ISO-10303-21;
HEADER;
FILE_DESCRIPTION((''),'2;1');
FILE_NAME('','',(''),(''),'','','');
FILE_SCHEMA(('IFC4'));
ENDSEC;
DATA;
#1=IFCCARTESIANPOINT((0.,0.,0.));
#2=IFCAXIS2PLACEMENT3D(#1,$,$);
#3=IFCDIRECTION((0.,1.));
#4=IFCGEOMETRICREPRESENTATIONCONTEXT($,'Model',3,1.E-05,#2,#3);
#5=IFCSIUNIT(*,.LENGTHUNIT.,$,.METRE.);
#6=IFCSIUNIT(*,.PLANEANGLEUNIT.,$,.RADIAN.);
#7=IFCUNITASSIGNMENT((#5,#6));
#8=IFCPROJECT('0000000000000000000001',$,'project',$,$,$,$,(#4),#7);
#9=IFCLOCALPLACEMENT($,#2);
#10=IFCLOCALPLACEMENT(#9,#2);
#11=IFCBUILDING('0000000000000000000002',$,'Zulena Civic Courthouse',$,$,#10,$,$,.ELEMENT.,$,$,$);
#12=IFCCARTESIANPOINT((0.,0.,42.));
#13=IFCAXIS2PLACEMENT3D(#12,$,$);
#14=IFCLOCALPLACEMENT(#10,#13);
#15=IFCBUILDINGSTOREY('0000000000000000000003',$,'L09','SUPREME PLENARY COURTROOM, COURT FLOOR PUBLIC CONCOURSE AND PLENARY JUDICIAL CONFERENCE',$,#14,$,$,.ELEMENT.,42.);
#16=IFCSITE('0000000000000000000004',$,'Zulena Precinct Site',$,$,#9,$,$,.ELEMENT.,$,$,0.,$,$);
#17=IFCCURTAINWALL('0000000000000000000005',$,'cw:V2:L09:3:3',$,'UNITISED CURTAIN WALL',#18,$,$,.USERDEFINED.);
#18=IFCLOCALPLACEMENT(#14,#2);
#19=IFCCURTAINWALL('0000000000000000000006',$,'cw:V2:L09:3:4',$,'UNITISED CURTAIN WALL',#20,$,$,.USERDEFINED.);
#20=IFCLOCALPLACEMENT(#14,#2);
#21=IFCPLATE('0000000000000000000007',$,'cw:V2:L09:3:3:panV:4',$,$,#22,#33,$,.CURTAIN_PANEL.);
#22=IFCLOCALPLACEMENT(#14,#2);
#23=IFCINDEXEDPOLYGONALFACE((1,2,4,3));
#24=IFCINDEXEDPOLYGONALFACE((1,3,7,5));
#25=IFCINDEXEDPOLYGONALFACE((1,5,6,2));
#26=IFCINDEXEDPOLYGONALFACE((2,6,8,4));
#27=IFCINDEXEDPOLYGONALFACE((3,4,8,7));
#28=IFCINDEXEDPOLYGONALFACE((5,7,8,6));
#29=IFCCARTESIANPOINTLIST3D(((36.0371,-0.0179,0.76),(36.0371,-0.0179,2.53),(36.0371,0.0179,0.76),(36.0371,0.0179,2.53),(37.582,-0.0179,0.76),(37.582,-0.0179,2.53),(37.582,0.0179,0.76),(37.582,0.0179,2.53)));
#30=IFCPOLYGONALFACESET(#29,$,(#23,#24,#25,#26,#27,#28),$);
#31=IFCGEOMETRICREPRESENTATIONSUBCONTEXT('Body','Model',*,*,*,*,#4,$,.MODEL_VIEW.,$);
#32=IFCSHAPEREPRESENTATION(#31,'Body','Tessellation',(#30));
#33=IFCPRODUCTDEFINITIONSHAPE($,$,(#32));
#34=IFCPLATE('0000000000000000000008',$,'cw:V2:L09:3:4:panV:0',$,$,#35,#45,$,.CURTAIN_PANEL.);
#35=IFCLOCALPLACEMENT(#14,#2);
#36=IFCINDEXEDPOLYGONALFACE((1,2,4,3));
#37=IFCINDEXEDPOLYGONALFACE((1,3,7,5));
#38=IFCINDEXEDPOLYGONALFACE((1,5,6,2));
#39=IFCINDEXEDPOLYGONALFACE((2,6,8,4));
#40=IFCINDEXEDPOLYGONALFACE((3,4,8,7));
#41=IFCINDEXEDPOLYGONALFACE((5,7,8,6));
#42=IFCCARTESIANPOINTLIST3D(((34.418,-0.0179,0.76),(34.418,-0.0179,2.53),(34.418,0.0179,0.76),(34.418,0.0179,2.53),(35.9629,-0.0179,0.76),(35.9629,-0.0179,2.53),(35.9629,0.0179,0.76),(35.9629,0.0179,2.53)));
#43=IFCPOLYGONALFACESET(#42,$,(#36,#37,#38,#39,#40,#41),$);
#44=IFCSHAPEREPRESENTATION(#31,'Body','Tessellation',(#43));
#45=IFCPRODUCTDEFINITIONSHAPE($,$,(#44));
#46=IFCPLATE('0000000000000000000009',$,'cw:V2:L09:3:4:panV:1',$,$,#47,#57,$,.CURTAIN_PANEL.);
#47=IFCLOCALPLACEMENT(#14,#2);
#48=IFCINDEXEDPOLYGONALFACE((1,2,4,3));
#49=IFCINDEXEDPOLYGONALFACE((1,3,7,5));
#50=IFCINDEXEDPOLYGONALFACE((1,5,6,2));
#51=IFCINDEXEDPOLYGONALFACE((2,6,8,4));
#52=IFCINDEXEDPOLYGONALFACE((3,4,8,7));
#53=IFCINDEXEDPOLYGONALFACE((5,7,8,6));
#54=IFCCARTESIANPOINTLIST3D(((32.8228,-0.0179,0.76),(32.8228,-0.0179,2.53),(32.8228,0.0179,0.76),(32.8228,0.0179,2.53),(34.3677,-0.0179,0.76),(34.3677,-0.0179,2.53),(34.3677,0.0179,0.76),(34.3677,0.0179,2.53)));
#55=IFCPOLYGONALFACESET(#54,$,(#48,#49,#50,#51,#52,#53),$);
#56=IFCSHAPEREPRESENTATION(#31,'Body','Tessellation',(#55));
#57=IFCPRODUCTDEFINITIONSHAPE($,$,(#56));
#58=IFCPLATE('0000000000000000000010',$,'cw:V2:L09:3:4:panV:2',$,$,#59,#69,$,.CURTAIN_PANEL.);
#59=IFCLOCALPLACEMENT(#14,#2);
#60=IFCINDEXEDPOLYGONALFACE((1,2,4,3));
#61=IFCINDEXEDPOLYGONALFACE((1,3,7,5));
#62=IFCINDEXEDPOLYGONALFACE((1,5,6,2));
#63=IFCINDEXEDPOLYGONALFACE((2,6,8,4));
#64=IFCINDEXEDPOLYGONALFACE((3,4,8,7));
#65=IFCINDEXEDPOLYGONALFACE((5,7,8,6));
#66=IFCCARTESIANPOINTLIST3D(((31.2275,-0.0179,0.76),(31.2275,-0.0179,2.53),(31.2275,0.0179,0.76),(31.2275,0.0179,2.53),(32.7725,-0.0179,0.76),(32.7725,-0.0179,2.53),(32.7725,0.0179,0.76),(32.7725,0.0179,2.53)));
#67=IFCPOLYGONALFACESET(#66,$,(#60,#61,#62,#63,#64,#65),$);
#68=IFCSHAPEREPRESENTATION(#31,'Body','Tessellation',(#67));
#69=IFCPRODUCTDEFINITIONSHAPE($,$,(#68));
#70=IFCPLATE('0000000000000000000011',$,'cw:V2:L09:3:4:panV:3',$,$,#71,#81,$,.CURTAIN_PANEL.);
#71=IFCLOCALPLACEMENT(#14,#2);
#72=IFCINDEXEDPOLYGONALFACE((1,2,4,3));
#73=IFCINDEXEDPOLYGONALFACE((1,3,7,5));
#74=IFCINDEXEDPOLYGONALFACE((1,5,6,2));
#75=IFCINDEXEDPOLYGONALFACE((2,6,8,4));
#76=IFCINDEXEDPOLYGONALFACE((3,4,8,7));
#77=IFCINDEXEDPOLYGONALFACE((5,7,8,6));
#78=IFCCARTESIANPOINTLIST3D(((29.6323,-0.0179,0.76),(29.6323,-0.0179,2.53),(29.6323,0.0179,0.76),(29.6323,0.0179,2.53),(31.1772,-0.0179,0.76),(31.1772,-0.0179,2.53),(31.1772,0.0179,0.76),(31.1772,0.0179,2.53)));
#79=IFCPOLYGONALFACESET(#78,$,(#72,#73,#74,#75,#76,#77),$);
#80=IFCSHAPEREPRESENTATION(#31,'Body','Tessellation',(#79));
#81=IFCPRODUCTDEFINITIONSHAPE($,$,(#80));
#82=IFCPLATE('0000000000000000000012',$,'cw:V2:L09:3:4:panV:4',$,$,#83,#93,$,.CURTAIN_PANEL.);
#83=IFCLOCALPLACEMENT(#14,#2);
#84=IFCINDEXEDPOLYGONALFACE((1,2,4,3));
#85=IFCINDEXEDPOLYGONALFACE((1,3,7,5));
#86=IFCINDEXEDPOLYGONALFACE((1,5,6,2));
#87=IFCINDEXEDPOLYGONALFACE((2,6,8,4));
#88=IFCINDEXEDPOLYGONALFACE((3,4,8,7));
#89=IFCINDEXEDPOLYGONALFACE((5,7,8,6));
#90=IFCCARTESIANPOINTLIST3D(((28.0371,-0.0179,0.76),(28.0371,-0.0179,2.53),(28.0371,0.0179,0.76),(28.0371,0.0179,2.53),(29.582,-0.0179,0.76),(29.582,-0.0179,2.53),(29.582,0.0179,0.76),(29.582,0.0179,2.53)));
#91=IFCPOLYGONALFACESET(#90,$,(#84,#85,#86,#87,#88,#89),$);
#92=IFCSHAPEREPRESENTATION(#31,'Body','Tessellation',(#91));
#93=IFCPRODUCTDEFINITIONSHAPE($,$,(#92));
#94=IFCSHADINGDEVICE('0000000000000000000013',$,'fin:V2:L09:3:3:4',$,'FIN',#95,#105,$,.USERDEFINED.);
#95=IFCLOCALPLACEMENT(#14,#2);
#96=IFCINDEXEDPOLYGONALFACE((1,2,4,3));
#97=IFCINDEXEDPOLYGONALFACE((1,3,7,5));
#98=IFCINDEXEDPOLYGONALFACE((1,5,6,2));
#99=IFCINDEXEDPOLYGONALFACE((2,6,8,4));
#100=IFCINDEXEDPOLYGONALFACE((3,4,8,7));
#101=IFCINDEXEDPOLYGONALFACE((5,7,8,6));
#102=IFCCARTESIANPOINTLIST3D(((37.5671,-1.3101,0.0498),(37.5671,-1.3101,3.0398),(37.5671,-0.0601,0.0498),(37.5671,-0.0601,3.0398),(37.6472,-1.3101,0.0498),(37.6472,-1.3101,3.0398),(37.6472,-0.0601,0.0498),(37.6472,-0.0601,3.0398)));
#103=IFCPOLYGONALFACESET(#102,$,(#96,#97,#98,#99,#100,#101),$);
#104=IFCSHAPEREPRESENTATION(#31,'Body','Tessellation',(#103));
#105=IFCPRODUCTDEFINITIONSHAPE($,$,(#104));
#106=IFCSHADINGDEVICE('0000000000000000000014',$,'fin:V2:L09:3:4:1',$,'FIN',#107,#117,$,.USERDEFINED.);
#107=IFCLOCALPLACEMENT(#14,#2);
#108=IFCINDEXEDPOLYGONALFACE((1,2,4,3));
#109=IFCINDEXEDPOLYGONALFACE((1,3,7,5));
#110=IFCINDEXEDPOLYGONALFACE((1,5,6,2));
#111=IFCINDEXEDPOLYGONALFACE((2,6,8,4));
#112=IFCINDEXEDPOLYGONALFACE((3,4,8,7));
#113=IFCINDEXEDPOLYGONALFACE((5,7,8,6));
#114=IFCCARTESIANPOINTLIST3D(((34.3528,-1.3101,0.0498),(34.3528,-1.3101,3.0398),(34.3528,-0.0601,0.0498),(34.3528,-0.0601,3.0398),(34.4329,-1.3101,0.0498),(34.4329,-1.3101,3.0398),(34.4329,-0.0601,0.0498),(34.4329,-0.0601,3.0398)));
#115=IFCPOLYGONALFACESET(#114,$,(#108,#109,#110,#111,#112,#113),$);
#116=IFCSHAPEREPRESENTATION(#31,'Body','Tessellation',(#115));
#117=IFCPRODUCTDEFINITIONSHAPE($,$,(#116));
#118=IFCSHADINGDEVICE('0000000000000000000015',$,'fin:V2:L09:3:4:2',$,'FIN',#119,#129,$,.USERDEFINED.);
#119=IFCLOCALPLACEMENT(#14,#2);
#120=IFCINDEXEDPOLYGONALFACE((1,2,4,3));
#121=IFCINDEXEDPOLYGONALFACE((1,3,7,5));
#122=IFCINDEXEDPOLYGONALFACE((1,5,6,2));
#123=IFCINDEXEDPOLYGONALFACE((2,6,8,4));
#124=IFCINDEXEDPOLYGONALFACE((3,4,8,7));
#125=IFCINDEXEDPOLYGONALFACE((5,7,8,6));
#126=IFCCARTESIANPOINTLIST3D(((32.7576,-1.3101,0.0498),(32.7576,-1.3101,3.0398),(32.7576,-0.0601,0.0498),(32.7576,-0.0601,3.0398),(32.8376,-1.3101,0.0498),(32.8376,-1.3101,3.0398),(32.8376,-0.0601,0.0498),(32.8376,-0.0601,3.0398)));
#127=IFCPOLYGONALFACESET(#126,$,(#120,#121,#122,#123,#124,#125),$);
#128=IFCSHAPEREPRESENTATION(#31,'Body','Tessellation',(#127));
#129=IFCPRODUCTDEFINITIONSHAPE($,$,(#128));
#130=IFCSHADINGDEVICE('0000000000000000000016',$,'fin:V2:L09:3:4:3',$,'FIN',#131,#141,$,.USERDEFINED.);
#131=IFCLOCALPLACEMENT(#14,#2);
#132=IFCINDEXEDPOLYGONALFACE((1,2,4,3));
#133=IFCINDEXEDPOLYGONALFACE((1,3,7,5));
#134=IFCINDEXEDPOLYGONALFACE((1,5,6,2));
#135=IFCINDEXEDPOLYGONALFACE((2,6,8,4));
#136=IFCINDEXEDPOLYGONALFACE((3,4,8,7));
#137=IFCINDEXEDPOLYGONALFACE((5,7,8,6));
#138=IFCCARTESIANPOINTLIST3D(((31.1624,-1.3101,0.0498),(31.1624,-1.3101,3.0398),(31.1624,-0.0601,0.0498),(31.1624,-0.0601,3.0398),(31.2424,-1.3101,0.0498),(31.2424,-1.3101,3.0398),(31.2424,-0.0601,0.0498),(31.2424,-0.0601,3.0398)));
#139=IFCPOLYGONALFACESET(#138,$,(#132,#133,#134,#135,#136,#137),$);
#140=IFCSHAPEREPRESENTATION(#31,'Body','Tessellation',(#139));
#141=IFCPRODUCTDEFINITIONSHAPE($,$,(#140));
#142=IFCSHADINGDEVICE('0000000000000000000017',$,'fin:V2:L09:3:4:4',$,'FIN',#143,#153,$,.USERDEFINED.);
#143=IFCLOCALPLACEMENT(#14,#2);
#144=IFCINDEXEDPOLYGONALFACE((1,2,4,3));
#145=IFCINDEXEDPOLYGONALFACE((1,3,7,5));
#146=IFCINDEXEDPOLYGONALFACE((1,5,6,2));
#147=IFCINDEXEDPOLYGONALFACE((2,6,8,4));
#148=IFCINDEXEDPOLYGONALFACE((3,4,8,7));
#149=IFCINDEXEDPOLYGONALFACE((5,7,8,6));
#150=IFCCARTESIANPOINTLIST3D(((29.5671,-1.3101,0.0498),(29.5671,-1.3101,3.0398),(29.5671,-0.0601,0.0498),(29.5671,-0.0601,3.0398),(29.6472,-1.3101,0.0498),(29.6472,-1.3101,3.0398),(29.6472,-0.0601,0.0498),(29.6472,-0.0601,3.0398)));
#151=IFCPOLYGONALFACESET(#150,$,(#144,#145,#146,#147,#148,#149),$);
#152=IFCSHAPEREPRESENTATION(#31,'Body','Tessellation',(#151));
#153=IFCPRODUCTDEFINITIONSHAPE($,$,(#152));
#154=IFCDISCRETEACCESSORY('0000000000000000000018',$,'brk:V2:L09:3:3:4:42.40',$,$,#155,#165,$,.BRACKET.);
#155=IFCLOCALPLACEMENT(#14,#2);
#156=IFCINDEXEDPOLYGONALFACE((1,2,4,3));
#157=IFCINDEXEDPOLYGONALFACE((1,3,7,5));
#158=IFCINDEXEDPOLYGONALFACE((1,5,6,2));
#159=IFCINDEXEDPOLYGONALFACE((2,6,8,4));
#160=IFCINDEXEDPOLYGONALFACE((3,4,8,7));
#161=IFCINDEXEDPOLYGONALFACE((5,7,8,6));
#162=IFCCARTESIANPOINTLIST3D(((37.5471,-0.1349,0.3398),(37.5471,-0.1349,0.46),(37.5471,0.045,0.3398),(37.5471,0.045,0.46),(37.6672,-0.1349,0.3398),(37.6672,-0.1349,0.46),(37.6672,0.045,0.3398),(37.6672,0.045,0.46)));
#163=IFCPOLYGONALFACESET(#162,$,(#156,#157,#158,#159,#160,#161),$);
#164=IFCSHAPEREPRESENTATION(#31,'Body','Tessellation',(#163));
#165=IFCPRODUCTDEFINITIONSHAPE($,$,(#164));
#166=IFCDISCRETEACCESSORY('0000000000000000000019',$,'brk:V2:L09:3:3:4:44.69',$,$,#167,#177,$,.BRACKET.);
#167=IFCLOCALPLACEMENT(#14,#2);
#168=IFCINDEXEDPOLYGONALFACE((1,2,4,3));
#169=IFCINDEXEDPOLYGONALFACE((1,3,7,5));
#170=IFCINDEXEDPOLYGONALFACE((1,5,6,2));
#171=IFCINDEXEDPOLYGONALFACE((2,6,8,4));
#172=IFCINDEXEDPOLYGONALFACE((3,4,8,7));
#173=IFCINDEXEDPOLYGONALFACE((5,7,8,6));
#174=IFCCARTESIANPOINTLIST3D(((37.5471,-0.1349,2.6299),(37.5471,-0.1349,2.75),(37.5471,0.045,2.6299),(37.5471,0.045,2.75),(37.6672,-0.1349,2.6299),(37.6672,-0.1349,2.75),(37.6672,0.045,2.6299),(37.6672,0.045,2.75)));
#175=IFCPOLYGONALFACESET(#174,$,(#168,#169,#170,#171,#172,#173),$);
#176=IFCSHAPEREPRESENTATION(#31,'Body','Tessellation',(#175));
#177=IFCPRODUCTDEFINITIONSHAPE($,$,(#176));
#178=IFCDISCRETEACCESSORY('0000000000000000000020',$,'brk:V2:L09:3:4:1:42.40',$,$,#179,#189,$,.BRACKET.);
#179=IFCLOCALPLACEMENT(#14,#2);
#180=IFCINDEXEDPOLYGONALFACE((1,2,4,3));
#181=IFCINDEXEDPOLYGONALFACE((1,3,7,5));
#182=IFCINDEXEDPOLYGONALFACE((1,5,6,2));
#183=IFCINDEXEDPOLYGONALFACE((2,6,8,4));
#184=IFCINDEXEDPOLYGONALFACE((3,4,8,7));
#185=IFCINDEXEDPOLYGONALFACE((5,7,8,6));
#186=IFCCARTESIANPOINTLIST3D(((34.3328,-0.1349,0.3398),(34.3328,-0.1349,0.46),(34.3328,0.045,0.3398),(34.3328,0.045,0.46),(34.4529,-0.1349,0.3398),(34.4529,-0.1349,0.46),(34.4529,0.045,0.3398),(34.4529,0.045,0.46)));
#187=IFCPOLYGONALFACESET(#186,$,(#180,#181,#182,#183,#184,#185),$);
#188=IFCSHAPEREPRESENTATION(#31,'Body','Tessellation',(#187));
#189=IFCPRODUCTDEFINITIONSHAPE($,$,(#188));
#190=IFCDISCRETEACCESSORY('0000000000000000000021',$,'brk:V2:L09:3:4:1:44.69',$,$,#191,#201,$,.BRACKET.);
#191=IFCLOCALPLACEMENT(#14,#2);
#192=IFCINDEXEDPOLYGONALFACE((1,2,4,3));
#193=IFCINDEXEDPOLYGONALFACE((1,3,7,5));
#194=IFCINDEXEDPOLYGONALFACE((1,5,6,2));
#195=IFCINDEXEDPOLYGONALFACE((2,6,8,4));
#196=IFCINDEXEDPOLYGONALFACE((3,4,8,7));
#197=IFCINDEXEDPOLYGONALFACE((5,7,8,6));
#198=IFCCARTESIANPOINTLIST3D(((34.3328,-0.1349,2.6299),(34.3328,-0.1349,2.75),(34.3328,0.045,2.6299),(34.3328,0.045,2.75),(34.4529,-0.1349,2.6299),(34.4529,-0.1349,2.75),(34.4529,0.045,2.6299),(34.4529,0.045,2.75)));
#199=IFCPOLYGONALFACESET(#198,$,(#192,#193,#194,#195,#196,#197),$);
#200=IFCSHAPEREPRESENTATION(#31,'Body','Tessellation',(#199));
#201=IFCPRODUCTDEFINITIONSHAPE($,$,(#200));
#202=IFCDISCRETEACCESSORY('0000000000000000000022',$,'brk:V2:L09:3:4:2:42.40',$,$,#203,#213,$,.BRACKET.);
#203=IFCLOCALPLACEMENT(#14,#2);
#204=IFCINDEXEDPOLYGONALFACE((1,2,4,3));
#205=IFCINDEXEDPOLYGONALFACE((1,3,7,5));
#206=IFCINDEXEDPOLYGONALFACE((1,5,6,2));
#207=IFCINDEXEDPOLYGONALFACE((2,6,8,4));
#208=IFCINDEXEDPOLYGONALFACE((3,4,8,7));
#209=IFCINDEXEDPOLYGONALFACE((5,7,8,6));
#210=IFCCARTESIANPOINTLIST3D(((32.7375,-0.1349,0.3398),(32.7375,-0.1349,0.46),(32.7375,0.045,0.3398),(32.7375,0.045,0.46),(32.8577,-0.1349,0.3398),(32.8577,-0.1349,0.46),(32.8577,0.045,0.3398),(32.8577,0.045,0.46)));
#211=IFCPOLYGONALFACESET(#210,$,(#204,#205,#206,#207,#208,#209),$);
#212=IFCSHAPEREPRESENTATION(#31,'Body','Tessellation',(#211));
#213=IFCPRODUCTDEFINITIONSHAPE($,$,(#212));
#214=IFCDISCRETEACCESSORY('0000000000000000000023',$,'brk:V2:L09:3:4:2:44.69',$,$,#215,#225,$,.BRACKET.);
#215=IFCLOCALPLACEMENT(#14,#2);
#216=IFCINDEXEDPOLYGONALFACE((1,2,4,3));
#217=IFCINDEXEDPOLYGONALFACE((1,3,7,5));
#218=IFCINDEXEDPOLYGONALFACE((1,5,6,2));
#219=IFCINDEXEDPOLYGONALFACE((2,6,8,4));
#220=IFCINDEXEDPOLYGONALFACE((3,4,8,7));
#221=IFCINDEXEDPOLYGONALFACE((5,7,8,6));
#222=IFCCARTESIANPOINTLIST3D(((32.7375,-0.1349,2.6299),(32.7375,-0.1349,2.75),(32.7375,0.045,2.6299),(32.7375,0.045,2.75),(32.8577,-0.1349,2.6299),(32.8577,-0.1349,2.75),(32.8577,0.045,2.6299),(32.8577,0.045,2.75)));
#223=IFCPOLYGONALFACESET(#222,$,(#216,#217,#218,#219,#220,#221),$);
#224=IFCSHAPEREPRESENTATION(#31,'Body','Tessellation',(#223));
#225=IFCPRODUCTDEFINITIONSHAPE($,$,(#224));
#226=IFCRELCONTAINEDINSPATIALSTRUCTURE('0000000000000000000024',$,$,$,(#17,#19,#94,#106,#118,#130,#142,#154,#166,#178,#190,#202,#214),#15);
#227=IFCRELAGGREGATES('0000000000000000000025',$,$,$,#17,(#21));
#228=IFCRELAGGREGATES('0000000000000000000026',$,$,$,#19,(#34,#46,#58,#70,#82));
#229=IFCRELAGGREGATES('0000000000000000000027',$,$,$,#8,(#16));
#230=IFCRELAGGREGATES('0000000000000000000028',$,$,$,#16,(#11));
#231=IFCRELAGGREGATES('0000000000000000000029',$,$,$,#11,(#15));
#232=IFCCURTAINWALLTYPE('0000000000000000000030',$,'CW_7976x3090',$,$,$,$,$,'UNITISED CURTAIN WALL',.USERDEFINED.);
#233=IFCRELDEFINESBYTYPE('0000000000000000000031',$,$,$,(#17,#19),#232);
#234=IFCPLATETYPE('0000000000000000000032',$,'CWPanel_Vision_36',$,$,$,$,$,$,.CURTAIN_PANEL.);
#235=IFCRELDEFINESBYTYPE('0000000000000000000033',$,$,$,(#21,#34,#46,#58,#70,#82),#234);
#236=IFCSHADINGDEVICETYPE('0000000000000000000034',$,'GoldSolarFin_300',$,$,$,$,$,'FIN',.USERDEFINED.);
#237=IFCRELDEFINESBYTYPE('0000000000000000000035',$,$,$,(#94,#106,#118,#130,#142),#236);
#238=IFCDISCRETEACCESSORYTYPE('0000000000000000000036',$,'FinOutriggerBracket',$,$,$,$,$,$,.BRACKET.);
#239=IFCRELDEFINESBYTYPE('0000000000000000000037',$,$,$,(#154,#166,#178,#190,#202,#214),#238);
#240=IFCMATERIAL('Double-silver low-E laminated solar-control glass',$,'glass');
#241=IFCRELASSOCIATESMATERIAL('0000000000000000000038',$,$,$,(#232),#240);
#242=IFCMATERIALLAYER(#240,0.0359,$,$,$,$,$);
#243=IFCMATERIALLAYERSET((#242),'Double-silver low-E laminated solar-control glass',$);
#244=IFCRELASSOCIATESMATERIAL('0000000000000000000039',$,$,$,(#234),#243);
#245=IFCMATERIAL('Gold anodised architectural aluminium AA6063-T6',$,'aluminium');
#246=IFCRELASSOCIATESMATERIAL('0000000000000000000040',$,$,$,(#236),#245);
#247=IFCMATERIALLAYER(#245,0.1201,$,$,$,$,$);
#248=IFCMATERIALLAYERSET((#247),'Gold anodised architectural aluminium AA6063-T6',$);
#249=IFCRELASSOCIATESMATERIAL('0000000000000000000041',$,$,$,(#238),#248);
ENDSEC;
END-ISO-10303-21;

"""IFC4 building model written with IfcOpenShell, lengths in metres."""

from ifc_helpers import new_model, si_unit, direction, frame, origin, origin_2d, place, context, subcontext, project, spatial, rectangle, extrude, material, layer, layer_set, type_object, element, aggregate, save


model = new_model("IFC4")

# Units and contexts
model_context = context("Model", 3, precision=1e-05, world=origin(), true_north=direction((0.0, 1.0)))
body_context = subcontext(model_context, "Body", "Model", "MODEL_VIEW")
ifc_project = project(units=[si_unit("LENGTHUNIT", "METRE"), si_unit("PLANEANGLEUNIT", "RADIAN")], contexts=[model_context])

# Site, building, storey
site_placement = place(None, origin())
site = spatial("IfcSite", under=ifc_project, at=site_placement, Name="Zulena Precinct Site", CompositionType="ELEMENT", RefElevation=0.0)
building_placement = place(site_placement, origin())
building = spatial("IfcBuilding", under=site, at=building_placement, Name="Zulena Civic Courthouse", CompositionType="ELEMENT")
storey_placement = place(building_placement, frame((0.0, 0.0, 42.0)))
storey = spatial("IfcBuildingStorey", under=building, at=storey_placement, Name="L09", Description="SUPREME PLENARY COURTROOM, COURT FLOOR PUBLIC CONCOURSE AND PLENARY JUDICIAL CONFERENCE", CompositionType="ELEMENT", Elevation=42.0)

# Curtain wall
ifc_material_1 = material(Name="Double-silver low-E laminated solar-control glass", Category="glass")
curtain_wall_type = type_object("IfcCurtainWallType", Name="CW_7976x3090", ElementType="UNITISED CURTAIN WALL", PredefinedType="USERDEFINED", material=ifc_material_1)
curtain_wall_1_placement = place(storey_placement, origin())
curtain_wall_1 = element("IfcCurtainWall", 1, at=curtain_wall_1_placement, inside=storey, type_object=curtain_wall_type, Name="cw:V2:L09:3:3", ObjectType="UNITISED CURTAIN WALL", PredefinedType="USERDEFINED")

# Curtain wall
curtain_wall_2_placement = place(storey_placement, origin())
curtain_wall_2 = element("IfcCurtainWall", 2, at=curtain_wall_2_placement, inside=storey, type_object=curtain_wall_type, Name="cw:V2:L09:3:4", ObjectType="UNITISED CURTAIN WALL", PredefinedType="USERDEFINED")

# Plates
ifc_layer_1 = layer(ifc_material_1, 0.0359)
ifc_layer_set_1 = layer_set([ifc_layer_1], Name="Double-silver low-E laminated solar-control glass")
plate_type_1 = type_object("IfcPlateType", Name="CWPanel_Vision_36", PredefinedType="CURTAIN_PANEL", material=ifc_layer_set_1)
plate_1_placement = place(storey_placement, frame((36.8096, 0.0, 0.76), z_axis=(0.0, 0.0, 1.0), x_axis=(-1.0, 0.0, 0.0)))
plate_1 = element("IfcPlate", 3, at=plate_1_placement, type_object=plate_type_1, Name="cw:V2:L09:3:3:panV:4", PredefinedType="CURTAIN_PANEL", context=body_context, shape_type="SweptSolid", body=[
    extrude(rectangle(XDim=1.5449, YDim=0.0359, at=origin_2d()), origin(), (0.0, 0.0, 1.0), 1.77),
])
aggregate(curtain_wall_1, [plate_1])
plate_2_placement = place(storey_placement, frame((35.1904, 0.0, 0.76), z_axis=(0.0, 0.0, 1.0), x_axis=(-1.0, 0.0, 0.0)))
plate_2 = element("IfcPlate", 4, at=plate_2_placement, type_object=plate_type_1, Name="cw:V2:L09:3:4:panV:0", PredefinedType="CURTAIN_PANEL", context=body_context, shape_type="SweptSolid", body=[
    extrude(rectangle(XDim=1.5449, YDim=0.0359, at=origin_2d()), origin(), (0.0, 0.0, 1.0), 1.77),
])
plate_3_placement = place(storey_placement, frame((33.5952, 0.0, 0.76), z_axis=(0.0, 0.0, 1.0), x_axis=(-1.0, 0.0, 0.0)))
plate_3 = element("IfcPlate", 5, at=plate_3_placement, type_object=plate_type_1, Name="cw:V2:L09:3:4:panV:1", PredefinedType="CURTAIN_PANEL", context=body_context, shape_type="SweptSolid", body=[
    extrude(rectangle(XDim=1.5449, YDim=0.0359, at=origin_2d()), origin(), (0.0, 0.0, 1.0), 1.77),
])
plate_4_placement = place(storey_placement, frame((32.0, 0.0, 0.76), z_axis=(0.0, 0.0, 1.0), x_axis=(-1.0, 0.0, 0.0)))
plate_4 = element("IfcPlate", 6, at=plate_4_placement, type_object=plate_type_1, Name="cw:V2:L09:3:4:panV:2", PredefinedType="CURTAIN_PANEL", context=body_context, shape_type="SweptSolid", body=[
    extrude(rectangle(XDim=1.5449, YDim=0.0359, at=origin_2d()), origin(), (0.0, 0.0, 1.0), 1.77),
])
plate_5_placement = place(storey_placement, frame((30.4048, 0.0, 0.76), z_axis=(0.0, 0.0, 1.0), x_axis=(-1.0, 0.0, 0.0)))
plate_5 = element("IfcPlate", 7, at=plate_5_placement, type_object=plate_type_1, Name="cw:V2:L09:3:4:panV:3", PredefinedType="CURTAIN_PANEL", context=body_context, shape_type="SweptSolid", body=[
    extrude(rectangle(XDim=1.5449, YDim=0.0359, at=origin_2d()), origin(), (0.0, 0.0, 1.0), 1.77),
])
plate_6_placement = place(storey_placement, frame((28.8096, 0.0, 0.76), z_axis=(0.0, 0.0, 1.0), x_axis=(-1.0, 0.0, 0.0)))
plate_6 = element("IfcPlate", 8, at=plate_6_placement, type_object=plate_type_1, Name="cw:V2:L09:3:4:panV:4", PredefinedType="CURTAIN_PANEL", context=body_context, shape_type="SweptSolid", body=[
    extrude(rectangle(XDim=1.5449, YDim=0.0359, at=origin_2d()), origin(), (0.0, 0.0, 1.0), 1.77),
])
aggregate(curtain_wall_2, [plate_2, plate_3, plate_4, plate_5, plate_6])

# Shading devices
ifc_material_2 = material(Name="Gold anodised architectural aluminium AA6063-T6", Category="aluminium")
shading_device_type = type_object("IfcShadingDeviceType", Name="GoldSolarFin_300", ElementType="FIN", PredefinedType="USERDEFINED", material=ifc_material_2)
for number, where, z_axis, x_axis, name in (
    (9, (37.6072, -0.6851, 0.0498), (0.0, 0.0, 1.0), (0.0, -1.0, 0.0), "fin:V2:L09:3:3:4"),
    (10, (34.3928, -0.6851, 0.0498), (0.0, 0.0, 1.0), (0.0, -1.0, 0.0), "fin:V2:L09:3:4:1"),
    (11, (32.7976, -0.6851, 0.0498), (0.0, 0.0, 1.0), (0.0, -1.0, 0.0), "fin:V2:L09:3:4:2"),
    (12, (31.2024, -0.6851, 0.0498), (0.0, 0.0, 1.0), (0.0, -1.0, 0.0), "fin:V2:L09:3:4:3"),
    (13, (29.6072, -0.6851, 0.0498), (0.0, 0.0, 1.0), (0.0, -1.0, 0.0), "fin:V2:L09:3:4:4"),
):
    element("IfcShadingDevice", number, at=place(storey_placement, frame(where, z_axis=z_axis, x_axis=x_axis)), inside=storey, type_object=shading_device_type, Name=name, ObjectType="FIN", PredefinedType="USERDEFINED", context=body_context, shape_type="SweptSolid", body=[
        extrude(rectangle(XDim=1.25, YDim=0.0801, at=origin_2d()), origin(), (0.0, 0.0, 1.0), 2.99),
    ])

# Discrete accessories
ifc_layer_2 = layer(ifc_material_2, 0.1201)
ifc_layer_set_2 = layer_set([ifc_layer_2], Name="Gold anodised architectural aluminium AA6063-T6")
discrete_accessory_type = type_object("IfcDiscreteAccessoryType", Name="FinOutriggerBracket", PredefinedType="BRACKET", material=ifc_layer_set_2)
for number, where, z_axis, x_axis, name in (
    (14, (37.6072, -0.0449, 0.3398), (0.0, 0.0, 1.0), (0.0, -1.0, 0.0), "brk:V2:L09:3:3:4:42.40"),
    (15, (37.6072, -0.0449, 2.6299), (0.0, 0.0, 1.0), (0.0, -1.0, 0.0), "brk:V2:L09:3:3:4:44.69"),
    (16, (34.3928, -0.0449, 0.3398), (0.0, 0.0, 1.0), (0.0, -1.0, 0.0), "brk:V2:L09:3:4:1:42.40"),
    (17, (34.3928, -0.0449, 2.6299), (0.0, 0.0, 1.0), (0.0, -1.0, 0.0), "brk:V2:L09:3:4:1:44.69"),
    (18, (32.7976, -0.0449, 0.3398), (0.0, 0.0, 1.0), (0.0, -1.0, 0.0), "brk:V2:L09:3:4:2:42.40"),
    (19, (32.7976, -0.0449, 2.6299), (0.0, 0.0, 1.0), (0.0, -1.0, 0.0), "brk:V2:L09:3:4:2:44.69"),
):
    element("IfcDiscreteAccessory", number, at=place(storey_placement, frame(where, z_axis=z_axis, x_axis=x_axis)), inside=storey, type_object=discrete_accessory_type, Name=name, PredefinedType="BRACKET", context=body_context, shape_type="SweptSolid", body=[
        extrude(rectangle(XDim=0.1799, YDim=0.1201, at=origin_2d()), origin(), (0.0, 0.0, 1.0), 0.1201),
    ])

save(model, "model.ifc")
